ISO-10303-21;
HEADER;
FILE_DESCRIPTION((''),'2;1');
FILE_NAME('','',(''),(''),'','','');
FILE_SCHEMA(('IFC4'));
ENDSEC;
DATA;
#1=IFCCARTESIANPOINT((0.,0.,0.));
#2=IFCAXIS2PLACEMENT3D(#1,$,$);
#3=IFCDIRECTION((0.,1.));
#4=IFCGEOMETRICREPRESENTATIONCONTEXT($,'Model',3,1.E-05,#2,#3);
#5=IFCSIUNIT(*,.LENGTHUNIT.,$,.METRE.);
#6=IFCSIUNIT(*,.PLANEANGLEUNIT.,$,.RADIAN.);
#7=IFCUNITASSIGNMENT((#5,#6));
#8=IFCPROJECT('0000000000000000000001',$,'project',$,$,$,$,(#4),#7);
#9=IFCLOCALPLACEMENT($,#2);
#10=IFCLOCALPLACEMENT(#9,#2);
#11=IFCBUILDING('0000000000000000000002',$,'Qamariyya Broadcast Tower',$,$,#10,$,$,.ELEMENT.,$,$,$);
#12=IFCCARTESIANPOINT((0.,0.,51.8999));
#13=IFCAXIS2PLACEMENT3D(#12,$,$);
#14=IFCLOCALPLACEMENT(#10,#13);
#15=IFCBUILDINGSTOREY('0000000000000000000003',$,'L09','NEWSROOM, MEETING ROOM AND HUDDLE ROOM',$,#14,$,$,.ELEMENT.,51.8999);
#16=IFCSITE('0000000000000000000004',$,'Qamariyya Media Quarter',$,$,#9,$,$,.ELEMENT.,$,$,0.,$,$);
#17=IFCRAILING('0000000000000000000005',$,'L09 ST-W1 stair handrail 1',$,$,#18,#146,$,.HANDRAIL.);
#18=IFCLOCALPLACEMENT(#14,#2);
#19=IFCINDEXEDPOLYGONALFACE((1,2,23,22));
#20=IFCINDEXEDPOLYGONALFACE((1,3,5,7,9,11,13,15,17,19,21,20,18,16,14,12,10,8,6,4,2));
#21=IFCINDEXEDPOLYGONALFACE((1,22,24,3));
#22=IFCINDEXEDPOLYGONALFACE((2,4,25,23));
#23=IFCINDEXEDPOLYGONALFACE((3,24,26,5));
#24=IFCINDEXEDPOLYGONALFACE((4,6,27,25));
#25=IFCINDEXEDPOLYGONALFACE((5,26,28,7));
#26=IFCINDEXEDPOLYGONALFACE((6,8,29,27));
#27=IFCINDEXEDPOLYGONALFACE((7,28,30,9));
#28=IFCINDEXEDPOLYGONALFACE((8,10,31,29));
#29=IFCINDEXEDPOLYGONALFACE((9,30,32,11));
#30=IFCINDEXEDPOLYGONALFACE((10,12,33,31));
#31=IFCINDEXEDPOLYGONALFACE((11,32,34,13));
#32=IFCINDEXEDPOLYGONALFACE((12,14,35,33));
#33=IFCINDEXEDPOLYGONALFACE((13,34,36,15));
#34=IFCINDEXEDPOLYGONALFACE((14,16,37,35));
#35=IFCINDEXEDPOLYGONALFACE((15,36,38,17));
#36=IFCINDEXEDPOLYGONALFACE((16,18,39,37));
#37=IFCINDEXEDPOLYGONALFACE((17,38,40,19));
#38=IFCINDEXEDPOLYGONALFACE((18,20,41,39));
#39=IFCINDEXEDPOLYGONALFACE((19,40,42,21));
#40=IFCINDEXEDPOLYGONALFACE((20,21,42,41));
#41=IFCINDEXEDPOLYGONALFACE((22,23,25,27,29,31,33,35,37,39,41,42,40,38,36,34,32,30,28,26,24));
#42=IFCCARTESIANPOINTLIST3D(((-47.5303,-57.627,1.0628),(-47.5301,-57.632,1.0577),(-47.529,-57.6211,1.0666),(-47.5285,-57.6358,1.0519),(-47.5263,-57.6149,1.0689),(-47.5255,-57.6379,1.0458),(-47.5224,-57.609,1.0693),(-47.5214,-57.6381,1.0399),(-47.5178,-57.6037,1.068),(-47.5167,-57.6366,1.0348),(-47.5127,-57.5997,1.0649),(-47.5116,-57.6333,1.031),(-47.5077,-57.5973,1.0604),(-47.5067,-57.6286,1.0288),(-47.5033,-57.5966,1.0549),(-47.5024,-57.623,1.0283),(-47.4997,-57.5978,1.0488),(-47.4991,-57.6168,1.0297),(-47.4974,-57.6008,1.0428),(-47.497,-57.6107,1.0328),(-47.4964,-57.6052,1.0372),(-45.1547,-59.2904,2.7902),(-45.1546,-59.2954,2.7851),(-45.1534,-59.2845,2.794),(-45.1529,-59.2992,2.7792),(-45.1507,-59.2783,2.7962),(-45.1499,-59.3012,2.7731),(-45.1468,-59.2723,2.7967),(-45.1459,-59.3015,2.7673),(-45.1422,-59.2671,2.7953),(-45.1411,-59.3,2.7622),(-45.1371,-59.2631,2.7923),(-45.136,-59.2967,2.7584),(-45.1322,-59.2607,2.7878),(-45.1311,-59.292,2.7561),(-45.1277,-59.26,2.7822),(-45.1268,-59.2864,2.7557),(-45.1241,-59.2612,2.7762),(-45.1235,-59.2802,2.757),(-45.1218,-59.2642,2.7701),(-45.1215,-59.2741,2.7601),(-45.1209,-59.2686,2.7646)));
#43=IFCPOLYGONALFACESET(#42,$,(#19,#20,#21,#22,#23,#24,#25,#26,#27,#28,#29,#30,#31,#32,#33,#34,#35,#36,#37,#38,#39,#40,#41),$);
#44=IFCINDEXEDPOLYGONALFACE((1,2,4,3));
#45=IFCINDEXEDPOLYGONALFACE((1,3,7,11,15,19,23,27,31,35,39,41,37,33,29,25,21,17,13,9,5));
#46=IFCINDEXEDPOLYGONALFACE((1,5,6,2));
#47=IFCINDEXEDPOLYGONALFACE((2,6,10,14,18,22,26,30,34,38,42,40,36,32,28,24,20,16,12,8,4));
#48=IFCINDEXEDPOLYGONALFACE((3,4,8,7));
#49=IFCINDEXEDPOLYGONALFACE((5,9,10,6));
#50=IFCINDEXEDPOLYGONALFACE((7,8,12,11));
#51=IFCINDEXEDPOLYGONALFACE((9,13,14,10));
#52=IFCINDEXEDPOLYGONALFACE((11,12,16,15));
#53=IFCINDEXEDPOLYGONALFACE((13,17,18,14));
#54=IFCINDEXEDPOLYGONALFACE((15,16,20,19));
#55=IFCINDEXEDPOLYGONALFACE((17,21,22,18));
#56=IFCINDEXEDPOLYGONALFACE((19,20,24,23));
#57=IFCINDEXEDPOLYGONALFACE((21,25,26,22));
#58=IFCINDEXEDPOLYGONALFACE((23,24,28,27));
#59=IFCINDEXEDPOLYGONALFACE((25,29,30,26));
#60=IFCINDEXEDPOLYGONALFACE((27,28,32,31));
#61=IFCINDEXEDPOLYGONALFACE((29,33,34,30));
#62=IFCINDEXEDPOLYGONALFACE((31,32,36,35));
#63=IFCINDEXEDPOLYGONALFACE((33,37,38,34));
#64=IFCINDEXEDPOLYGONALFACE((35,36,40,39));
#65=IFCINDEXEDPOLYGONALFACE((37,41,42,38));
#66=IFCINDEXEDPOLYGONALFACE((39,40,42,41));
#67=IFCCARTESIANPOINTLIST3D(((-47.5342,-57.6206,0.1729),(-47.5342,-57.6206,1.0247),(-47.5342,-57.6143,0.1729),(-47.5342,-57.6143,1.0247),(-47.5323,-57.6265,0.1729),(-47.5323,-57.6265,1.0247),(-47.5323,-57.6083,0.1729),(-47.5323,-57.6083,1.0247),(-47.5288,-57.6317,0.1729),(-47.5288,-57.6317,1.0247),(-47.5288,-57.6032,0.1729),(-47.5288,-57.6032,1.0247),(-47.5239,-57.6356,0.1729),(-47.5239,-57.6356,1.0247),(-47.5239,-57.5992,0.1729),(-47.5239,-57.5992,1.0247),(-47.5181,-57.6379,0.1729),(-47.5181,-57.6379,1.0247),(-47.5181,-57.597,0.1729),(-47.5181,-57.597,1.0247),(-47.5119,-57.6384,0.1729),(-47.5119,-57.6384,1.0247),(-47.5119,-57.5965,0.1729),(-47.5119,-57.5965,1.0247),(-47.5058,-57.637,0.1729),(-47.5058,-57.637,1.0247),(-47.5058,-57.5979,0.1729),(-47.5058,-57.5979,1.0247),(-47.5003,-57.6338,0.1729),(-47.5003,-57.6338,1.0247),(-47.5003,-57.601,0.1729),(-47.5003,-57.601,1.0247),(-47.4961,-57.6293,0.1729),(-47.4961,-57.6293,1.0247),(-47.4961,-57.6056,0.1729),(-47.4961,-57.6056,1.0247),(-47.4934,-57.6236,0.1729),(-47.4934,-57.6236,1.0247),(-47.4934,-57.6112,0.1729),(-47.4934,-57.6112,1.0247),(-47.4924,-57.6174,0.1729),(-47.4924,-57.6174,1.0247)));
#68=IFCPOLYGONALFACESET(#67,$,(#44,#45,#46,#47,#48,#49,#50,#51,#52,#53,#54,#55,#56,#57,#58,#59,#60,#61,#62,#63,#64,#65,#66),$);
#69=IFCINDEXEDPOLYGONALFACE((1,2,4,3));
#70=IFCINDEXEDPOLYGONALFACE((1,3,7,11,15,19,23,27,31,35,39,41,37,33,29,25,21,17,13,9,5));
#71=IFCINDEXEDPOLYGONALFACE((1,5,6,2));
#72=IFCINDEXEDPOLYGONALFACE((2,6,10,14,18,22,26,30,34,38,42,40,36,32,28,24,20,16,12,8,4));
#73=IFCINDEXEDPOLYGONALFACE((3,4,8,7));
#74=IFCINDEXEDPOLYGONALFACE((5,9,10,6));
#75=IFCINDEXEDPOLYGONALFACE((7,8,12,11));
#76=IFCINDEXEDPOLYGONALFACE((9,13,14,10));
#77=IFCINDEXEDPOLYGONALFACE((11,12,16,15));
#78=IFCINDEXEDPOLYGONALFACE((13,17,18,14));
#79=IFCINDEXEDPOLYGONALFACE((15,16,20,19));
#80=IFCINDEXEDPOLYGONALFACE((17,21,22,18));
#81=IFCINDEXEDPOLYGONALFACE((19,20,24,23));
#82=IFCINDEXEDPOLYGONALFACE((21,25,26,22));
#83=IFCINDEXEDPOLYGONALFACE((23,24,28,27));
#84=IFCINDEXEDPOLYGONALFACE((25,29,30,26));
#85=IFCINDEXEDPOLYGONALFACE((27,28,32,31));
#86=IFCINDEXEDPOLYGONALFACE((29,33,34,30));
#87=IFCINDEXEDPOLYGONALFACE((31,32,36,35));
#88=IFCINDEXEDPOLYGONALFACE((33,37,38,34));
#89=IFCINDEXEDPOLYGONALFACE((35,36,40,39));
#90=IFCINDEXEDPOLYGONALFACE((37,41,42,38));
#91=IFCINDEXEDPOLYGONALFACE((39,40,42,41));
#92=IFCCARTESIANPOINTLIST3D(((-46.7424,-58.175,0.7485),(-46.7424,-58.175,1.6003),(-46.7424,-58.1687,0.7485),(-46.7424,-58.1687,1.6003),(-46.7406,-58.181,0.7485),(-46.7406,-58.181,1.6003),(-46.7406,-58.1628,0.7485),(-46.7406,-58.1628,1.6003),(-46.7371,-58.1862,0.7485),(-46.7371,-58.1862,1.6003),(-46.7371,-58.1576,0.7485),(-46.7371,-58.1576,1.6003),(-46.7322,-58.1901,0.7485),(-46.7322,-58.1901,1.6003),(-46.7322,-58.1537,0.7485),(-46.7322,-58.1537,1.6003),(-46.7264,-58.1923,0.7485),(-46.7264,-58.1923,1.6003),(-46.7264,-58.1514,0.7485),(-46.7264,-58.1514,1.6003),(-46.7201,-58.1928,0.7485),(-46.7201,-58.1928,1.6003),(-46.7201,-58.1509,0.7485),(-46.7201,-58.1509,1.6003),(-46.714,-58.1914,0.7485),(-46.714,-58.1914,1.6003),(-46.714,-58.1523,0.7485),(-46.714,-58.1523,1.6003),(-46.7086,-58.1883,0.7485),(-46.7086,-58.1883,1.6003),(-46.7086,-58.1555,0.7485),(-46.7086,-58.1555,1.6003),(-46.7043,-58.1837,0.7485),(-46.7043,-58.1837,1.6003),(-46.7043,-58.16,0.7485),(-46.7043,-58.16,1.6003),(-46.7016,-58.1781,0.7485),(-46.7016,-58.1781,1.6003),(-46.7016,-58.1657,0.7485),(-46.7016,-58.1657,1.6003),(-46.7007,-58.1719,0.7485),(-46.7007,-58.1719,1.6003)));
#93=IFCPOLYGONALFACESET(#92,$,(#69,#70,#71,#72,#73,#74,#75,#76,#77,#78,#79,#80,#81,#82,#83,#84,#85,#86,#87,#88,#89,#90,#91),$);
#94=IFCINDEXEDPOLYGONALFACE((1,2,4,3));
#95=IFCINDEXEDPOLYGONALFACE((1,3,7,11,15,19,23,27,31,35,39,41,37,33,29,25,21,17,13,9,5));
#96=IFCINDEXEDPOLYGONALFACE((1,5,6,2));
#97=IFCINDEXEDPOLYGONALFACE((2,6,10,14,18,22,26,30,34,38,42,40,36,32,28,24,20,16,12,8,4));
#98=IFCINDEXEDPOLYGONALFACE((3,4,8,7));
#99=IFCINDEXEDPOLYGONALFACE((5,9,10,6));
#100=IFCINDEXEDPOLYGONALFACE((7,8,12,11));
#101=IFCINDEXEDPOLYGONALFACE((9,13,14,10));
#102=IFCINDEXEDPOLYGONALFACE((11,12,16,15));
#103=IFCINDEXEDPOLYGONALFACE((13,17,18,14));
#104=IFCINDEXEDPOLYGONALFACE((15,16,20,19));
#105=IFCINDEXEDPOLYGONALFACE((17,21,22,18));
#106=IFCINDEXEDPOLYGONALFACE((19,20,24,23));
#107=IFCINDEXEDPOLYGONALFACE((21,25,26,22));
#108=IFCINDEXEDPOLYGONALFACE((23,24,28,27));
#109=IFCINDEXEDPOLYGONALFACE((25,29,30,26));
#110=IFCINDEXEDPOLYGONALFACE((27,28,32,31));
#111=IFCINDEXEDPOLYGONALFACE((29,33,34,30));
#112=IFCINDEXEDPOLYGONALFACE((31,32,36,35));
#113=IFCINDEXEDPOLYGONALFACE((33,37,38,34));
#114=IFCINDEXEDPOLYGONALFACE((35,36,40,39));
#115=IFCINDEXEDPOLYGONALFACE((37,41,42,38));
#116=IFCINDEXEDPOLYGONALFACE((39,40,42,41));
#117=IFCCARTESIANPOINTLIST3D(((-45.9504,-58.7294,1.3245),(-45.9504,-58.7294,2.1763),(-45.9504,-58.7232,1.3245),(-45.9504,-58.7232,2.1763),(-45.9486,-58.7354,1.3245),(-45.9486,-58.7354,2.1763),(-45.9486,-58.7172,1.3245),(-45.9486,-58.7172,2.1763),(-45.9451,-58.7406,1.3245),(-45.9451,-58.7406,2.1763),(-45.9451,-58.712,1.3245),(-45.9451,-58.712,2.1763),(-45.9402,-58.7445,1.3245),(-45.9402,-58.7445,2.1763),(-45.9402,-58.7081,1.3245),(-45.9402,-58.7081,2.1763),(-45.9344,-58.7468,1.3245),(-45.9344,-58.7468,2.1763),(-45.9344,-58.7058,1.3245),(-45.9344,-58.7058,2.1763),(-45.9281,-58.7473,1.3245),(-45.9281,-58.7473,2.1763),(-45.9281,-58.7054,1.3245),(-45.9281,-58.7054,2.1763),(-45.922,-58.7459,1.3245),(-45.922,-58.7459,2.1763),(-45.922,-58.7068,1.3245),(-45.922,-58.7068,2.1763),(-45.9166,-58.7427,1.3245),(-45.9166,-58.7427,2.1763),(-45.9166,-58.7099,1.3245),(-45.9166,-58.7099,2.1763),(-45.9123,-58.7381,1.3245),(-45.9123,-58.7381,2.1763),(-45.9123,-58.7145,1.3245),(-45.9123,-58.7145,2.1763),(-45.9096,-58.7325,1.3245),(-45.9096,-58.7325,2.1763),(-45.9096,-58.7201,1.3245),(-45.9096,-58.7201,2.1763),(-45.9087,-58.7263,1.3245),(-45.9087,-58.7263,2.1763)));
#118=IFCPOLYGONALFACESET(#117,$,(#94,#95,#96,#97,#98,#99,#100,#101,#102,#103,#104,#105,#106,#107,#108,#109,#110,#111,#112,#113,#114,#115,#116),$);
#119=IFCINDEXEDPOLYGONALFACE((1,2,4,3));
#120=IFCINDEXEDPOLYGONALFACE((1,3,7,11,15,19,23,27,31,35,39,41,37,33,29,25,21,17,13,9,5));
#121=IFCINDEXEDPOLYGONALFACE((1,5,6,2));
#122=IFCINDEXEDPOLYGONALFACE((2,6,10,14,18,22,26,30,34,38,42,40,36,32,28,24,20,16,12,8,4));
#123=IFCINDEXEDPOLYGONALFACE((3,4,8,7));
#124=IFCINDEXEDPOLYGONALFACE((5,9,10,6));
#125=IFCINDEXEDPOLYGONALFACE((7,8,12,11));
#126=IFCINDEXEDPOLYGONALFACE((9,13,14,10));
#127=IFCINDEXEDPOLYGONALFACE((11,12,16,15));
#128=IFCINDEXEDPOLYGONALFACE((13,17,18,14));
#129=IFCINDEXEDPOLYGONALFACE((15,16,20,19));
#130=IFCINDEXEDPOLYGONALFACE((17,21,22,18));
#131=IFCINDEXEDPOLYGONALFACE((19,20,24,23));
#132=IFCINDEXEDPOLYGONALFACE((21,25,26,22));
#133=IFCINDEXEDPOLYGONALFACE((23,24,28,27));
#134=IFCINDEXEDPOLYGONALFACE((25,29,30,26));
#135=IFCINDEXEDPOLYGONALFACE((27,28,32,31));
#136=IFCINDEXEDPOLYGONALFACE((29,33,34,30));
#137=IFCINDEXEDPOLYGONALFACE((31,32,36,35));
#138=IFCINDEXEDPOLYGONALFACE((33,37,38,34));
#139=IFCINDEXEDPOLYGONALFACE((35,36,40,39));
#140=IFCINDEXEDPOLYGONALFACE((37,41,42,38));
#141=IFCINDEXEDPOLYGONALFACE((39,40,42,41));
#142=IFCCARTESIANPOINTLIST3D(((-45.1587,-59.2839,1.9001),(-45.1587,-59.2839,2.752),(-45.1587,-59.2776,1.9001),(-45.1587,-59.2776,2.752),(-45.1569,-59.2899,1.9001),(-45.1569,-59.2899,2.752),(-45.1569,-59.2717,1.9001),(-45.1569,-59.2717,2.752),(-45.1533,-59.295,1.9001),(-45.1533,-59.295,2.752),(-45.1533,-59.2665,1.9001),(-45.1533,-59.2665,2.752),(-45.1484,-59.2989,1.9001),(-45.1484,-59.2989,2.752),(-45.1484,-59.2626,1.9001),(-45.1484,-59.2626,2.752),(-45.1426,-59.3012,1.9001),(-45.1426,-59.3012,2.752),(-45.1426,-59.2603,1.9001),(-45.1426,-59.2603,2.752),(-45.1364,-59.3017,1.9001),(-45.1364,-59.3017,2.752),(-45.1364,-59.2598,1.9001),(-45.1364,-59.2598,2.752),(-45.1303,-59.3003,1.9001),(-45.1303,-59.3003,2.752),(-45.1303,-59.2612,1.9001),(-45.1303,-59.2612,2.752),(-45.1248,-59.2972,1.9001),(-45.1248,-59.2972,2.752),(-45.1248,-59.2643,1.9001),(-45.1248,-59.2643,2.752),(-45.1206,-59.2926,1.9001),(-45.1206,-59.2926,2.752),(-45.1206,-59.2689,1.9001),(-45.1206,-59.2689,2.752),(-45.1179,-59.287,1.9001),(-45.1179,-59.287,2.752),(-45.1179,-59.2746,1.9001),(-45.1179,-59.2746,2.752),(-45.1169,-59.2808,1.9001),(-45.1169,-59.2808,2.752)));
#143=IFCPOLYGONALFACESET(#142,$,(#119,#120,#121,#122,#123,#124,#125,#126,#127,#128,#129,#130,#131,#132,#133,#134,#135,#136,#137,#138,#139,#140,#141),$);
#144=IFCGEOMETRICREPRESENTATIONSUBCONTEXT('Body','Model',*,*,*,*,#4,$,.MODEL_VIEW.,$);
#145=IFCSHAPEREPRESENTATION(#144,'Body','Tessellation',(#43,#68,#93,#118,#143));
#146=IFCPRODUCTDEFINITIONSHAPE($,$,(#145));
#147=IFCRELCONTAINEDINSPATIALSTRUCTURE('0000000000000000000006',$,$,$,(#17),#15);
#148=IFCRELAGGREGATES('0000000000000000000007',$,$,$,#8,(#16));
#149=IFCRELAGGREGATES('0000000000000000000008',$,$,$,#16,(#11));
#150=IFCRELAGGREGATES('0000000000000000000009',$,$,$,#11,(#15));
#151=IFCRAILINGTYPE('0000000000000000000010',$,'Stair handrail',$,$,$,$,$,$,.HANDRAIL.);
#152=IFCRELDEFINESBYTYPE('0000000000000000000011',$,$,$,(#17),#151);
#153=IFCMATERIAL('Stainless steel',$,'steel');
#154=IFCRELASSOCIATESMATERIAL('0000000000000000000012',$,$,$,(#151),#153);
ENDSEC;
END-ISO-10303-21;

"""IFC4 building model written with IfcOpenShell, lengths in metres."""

from ifc_helpers import new_model, si_unit, direction, frame, origin, origin_2d, place, context, subcontext, project, spatial, circle, extrude, material, type_object, element, save


model = new_model("IFC4")

# Units and contexts
model_context = context("Model", 3, precision=1e-05, world=origin(), true_north=direction((0.0, 1.0)))
body_context = subcontext(model_context, "Body", "Model", "MODEL_VIEW")
ifc_project = project(units=[si_unit("LENGTHUNIT", "METRE"), si_unit("PLANEANGLEUNIT", "RADIAN")], contexts=[model_context])

# Site, building, storey
site_placement = place(None, origin())
site = spatial("IfcSite", under=ifc_project, at=site_placement, Name="Qamariyya Media Quarter", CompositionType="ELEMENT", RefElevation=0.0)
building_placement = place(site_placement, origin())
building = spatial("IfcBuilding", under=site, at=building_placement, Name="Qamariyya Broadcast Tower", CompositionType="ELEMENT")
storey_placement = place(building_placement, frame((0.0, 0.0, 51.8999)))
storey = spatial("IfcBuildingStorey", under=building, at=storey_placement, Name="L09", Description="NEWSROOM, MEETING ROOM AND HUDDLE ROOM", CompositionType="ELEMENT", Elevation=51.8999)

# Railing
ifc_material_1 = material(Name="Stainless steel", Category="steel")
railing_type_1 = type_object("IfcRailingType", Name="Stair handrail", PredefinedType="HANDRAIL", material=ifc_material_1)
railing_1_placement = place(storey_placement, frame((-47.5134, -57.6174, 0.1729)))
element("IfcRailing", 1, at=railing_1_placement, inside=storey, type_object=railing_type_1, Name="L09 ST-W1 stair handrail 1", PredefinedType="HANDRAIL", context=body_context, shape_type="SweptSolid", body=[
    extrude(circle(Radius=0.0239, at=origin_2d()), frame((0.0, 0.0, 0.876), z_axis=(0.70377, -0.492784, 0.511734), x_axis=(0.573575, 0.819153, 0.0)), (0.0, 0.0, 1.0), 3.3755),
    extrude(circle(Radius=0.021, at=origin_2d()), origin(), (0.0, 0.0, 1.0), 0.8518),
    extrude(circle(Radius=0.021, at=origin_2d()), frame((0.7917, -0.5544, 0.5757)), (0.0, 0.0, 1.0), 0.8518),
    extrude(circle(Radius=0.021, at=origin_2d()), frame((1.5837, -1.1089, 1.1516)), (0.0, 0.0, 1.0), 0.8518),
    extrude(circle(Radius=0.021, at=origin_2d()), frame((2.3755, -1.6633, 1.7273)), (0.0, 0.0, 1.0), 0.8518),
])

save(model, "model.ifc")
